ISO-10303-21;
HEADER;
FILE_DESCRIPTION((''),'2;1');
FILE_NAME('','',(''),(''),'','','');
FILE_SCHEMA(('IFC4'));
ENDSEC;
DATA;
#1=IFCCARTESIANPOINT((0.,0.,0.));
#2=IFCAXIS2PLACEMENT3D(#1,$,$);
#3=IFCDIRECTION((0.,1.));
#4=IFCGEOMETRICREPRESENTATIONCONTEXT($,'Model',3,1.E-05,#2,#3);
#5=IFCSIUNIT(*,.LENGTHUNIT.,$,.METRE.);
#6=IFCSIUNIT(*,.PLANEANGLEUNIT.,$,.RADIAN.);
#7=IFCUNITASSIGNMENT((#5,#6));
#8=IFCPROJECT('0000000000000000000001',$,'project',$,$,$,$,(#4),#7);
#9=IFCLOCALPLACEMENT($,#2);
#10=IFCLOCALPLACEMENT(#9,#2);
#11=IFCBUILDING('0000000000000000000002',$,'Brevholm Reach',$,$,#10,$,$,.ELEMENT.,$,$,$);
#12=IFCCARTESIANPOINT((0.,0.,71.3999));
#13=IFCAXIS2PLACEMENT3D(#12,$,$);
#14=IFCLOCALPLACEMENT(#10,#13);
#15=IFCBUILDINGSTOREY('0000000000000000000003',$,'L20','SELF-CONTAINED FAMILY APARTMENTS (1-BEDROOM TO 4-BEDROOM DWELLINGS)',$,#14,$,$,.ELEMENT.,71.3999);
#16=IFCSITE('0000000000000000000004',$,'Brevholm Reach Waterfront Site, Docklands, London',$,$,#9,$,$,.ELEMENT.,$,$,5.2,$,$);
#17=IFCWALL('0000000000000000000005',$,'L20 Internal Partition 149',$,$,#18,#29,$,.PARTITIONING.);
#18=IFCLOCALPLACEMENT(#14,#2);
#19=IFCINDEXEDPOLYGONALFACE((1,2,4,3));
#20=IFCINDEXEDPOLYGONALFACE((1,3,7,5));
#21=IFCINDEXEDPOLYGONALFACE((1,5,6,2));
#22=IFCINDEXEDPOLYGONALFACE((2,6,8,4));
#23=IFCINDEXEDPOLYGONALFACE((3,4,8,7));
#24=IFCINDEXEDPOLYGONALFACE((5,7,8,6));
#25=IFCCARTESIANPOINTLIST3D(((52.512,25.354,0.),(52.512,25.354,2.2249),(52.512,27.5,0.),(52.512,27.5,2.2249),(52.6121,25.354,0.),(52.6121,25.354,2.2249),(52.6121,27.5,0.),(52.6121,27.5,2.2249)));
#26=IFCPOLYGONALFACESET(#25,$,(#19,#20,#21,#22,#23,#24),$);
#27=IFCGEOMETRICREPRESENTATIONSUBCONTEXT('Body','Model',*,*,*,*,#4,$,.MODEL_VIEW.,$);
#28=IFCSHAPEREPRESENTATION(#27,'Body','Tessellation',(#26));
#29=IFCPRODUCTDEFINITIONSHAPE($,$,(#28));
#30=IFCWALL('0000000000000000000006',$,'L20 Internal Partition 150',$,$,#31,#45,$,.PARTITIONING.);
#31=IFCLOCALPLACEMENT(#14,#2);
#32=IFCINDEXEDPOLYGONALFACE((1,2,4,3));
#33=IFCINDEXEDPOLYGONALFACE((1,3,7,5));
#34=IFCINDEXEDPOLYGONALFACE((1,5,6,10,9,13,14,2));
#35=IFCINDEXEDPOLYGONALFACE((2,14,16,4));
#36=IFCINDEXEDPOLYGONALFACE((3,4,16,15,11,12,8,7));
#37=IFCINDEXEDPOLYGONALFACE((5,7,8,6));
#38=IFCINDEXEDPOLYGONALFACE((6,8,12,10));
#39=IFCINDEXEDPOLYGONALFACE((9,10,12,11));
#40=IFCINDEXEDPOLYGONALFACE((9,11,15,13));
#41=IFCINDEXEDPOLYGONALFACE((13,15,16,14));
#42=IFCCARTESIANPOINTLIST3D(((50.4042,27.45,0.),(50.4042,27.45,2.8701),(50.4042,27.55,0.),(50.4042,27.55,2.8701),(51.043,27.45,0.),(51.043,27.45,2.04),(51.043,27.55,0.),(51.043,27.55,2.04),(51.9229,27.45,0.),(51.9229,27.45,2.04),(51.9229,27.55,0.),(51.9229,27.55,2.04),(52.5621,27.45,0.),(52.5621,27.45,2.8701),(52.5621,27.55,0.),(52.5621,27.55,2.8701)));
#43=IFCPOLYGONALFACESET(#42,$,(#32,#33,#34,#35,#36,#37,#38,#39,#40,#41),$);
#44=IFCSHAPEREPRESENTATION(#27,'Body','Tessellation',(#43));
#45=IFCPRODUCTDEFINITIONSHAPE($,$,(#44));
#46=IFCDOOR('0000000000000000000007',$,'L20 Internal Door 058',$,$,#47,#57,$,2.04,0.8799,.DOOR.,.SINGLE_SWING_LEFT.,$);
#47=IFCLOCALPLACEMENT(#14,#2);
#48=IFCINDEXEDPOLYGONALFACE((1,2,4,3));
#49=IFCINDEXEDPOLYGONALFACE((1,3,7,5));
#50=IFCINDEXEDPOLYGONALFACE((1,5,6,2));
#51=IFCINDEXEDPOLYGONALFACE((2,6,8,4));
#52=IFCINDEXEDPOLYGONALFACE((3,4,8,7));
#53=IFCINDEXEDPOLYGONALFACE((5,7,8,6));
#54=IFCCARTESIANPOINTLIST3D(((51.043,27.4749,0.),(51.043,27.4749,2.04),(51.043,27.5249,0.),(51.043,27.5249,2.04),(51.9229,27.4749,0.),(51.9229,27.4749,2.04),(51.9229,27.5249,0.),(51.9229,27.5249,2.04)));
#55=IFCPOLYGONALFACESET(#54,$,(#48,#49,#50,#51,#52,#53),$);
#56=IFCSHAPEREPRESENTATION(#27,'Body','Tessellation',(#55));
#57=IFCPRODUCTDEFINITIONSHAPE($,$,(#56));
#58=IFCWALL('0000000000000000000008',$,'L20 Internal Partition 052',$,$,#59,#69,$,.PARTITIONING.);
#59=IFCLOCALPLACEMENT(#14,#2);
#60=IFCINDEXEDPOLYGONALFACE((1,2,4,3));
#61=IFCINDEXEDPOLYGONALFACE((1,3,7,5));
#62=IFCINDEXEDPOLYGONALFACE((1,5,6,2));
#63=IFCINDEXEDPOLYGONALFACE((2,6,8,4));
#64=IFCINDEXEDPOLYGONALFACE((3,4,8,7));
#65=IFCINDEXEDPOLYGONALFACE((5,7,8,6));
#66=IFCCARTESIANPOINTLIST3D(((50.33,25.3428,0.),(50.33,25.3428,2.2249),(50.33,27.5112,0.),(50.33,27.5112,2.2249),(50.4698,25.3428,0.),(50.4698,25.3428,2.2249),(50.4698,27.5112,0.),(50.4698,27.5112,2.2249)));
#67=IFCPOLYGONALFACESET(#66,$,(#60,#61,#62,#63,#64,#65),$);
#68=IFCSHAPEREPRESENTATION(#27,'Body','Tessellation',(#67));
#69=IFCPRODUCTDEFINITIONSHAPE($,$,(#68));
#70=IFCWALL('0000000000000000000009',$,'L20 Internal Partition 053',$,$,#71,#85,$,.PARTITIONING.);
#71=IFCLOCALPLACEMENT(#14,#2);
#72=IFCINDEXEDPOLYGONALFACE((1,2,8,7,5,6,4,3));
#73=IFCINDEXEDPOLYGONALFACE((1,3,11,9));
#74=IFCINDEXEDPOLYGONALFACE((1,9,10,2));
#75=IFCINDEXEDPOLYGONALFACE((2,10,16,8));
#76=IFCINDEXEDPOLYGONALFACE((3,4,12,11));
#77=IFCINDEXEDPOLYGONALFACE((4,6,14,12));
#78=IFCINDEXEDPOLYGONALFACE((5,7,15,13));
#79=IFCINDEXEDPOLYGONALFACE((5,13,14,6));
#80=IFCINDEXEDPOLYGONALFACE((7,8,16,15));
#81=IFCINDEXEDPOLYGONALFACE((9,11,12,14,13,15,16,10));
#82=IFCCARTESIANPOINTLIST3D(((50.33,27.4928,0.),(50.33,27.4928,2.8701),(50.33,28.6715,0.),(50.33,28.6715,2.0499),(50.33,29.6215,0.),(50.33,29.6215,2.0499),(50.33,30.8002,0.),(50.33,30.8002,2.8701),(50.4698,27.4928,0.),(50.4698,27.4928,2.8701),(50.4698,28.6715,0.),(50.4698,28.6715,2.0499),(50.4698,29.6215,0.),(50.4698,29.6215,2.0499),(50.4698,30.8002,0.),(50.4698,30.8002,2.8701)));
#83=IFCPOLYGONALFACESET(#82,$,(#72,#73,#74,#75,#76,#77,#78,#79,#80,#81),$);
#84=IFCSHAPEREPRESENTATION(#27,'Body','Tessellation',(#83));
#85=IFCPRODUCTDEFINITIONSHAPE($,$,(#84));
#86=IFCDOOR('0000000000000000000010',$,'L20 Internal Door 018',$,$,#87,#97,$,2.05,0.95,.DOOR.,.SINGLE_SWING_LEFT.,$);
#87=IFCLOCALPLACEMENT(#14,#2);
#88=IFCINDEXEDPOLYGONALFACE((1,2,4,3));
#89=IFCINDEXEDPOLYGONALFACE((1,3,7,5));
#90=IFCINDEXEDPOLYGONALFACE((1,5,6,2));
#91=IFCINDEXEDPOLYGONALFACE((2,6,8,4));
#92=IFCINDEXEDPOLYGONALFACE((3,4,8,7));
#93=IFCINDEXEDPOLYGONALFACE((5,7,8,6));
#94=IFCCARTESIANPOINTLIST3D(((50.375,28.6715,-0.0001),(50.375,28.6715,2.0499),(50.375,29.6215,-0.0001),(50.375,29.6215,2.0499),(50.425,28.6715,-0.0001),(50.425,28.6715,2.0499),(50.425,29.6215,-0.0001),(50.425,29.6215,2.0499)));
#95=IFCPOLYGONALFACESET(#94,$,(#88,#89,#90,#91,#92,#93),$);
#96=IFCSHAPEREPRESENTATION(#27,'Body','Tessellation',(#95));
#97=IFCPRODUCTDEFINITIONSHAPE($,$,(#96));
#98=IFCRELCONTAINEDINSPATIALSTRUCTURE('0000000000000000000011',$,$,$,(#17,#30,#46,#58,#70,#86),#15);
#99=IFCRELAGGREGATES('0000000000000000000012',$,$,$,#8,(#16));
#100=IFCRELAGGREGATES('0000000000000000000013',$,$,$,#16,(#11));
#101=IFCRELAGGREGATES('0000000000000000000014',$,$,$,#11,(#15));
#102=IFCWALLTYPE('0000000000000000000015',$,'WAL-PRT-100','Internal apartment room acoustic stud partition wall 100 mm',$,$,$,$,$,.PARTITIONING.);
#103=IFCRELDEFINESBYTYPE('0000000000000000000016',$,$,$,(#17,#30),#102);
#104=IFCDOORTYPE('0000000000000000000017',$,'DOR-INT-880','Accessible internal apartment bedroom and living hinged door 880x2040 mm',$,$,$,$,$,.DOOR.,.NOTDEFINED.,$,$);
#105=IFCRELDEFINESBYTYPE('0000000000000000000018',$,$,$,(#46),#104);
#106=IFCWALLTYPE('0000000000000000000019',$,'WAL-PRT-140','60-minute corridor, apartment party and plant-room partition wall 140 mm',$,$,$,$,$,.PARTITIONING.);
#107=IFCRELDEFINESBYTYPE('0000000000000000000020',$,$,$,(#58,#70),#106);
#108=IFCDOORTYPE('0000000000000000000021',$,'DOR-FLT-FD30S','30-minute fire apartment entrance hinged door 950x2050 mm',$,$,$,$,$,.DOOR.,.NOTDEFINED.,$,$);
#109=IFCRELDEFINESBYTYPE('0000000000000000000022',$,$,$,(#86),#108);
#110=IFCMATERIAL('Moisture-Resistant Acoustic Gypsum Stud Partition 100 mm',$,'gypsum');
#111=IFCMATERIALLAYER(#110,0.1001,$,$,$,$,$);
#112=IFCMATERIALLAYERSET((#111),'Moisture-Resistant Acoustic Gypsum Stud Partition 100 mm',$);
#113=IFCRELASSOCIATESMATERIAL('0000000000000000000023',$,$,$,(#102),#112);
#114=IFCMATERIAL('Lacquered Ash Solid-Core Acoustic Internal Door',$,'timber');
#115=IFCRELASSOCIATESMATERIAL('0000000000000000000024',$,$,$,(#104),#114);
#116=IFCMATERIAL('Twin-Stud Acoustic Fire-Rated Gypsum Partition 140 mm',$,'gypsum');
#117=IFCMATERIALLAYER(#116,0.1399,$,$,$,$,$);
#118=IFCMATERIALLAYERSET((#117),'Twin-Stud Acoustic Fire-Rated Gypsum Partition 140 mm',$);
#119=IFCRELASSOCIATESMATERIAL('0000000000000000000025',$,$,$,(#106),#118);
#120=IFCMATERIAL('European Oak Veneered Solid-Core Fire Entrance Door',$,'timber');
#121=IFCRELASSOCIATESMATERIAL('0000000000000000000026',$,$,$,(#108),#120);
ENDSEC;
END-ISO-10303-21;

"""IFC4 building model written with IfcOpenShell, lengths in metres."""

from ifc_helpers import new_model, si_unit, direction, frame, frame_2d, origin, place, context, subcontext, project, spatial, rectangle, extrude, material, layer, layer_set, type_object, element, fill, save


model = new_model("IFC4")

# Units and contexts
model_context = context("Model", 3, precision=1e-05, world=origin(), true_north=direction((0.0, 1.0)))
body_context = subcontext(model_context, "Body", "Model", "MODEL_VIEW")
ifc_project = project(units=[si_unit("LENGTHUNIT", "METRE"), si_unit("PLANEANGLEUNIT", "RADIAN")], contexts=[model_context])

# Site, building, storey
site_placement = place(None, origin())
site = spatial("IfcSite", under=ifc_project, at=site_placement, Name="Brevholm Reach Waterfront Site, Docklands, London", CompositionType="ELEMENT", RefElevation=5.2)
building_placement = place(site_placement, origin())
building = spatial("IfcBuilding", under=site, at=building_placement, Name="Brevholm Reach", CompositionType="ELEMENT")
storey_placement = place(building_placement, frame((0.0, 0.0, 71.3999)))
storey = spatial("IfcBuildingStorey", under=building, at=storey_placement, Name="L20", Description="SELF-CONTAINED FAMILY APARTMENTS (1-BEDROOM TO 4-BEDROOM DWELLINGS)", CompositionType="ELEMENT", Elevation=71.3999)

# Shared definitions
ifc_material_1 = material(Name="Moisture-Resistant Acoustic Gypsum Stud Partition 100 mm", Category="gypsum")
ifc_layer_1 = layer(ifc_material_1, 0.1001)
ifc_layer_set_1 = layer_set([ifc_layer_1], Name="Moisture-Resistant Acoustic Gypsum Stud Partition 100 mm")
wall_type_1 = type_object("IfcWallType", Name="WAL-PRT-100", Description="Internal apartment room acoustic stud partition wall 100 mm", PredefinedType="PARTITIONING", material=ifc_layer_set_1)

# Wall
wall_1_placement = place(storey_placement, frame((52.562, 25.354, 0.0), z_axis=(0.0, 0.0, 1.0), x_axis=(0.0, 1.0, 0.0)))
element("IfcWall", 1, at=wall_1_placement, inside=storey, type_object=wall_type_1, Name="L20 Internal Partition 149", PredefinedType="PARTITIONING", context=body_context, shape_type="SweptSolid", body=[
    extrude(rectangle(XDim=2.146, YDim=0.1001, at=frame_2d((1.073, 0.0))), origin(), (0.0, 0.0, 1.0), 2.2249),
])

# Wall, opening, door
wall_2_placement = place(storey_placement, frame((50.4041, 27.5, 0.0), z_axis=(0.0, 0.0, 1.0), x_axis=(1.0, 0.0, 0.0)))
wall_2 = element("IfcWall", 2, at=wall_2_placement, inside=storey, type_object=wall_type_1, Name="L20 Internal Partition 150", PredefinedType="PARTITIONING", context=body_context, shape_type="SweptSolid", body=[
    extrude(rectangle(XDim=2.158, YDim=0.1001, at=frame_2d((1.0791, 0.0))), origin(), (0.0, 0.0, 1.0), 2.8701),
])
opening_1_placement = place(wall_2_placement, frame((0.6389, 0.0, 0.0)))
opening_1 = element("IfcOpeningElement", 3, at=opening_1_placement, cuts=wall_2, PredefinedType="OPENING", context=body_context, shape_type="SweptSolid", body=[
    extrude(rectangle(XDim=0.8799, YDim=2.04, at=frame_2d((0.4399, 1.02))), frame((0.0, 0.0601, 0.0), z_axis=(0.0, -1.0, 0.0), x_axis=(1.0, 0.0, 0.0)), (0.0, 0.0, 1.0), 0.1201),
])
ifc_material_2 = material(Name="Lacquered Ash Solid-Core Acoustic Internal Door", Category="timber")
door_type_1 = type_object("IfcDoorType", Name="DOR-INT-880", Description="Accessible internal apartment bedroom and living hinged door 880x2040 mm", OperationType="NOTDEFINED", PredefinedType="DOOR", material=ifc_material_2)
door_1_placement = place(opening_1_placement, origin())
door_1 = element("IfcDoor", 4, at=door_1_placement, inside=storey, type_object=door_type_1, Name="L20 Internal Door 058", OperationType="SINGLE_SWING_LEFT", OverallHeight=2.04, OverallWidth=0.8799, PredefinedType="DOOR", context=body_context, shape_type="SweptSolid", body=[
    extrude(rectangle(XDim=0.8799, YDim=2.04, at=frame_2d((0.4399, 1.02))), frame((0.0, 0.0249, 0.0), z_axis=(0.0, -1.0, 0.0), x_axis=(1.0, 0.0, 0.0)), (0.0, 0.0, 1.0), 0.05),
])
fill(opening_1, door_1)

# Wall
ifc_material_3 = material(Name="Twin-Stud Acoustic Fire-Rated Gypsum Partition 140 mm", Category="gypsum")
ifc_layer_2 = layer(ifc_material_3, 0.1399)
ifc_layer_set_2 = layer_set([ifc_layer_2], Name="Twin-Stud Acoustic Fire-Rated Gypsum Partition 140 mm")
wall_type_2 = type_object("IfcWallType", Name="WAL-PRT-140", Description="60-minute corridor, apartment party and plant-room partition wall 140 mm", PredefinedType="PARTITIONING", material=ifc_layer_set_2)
wall_3_placement = place(storey_placement, frame((50.3999, 25.3428, 0.0), z_axis=(0.0, 0.0, 1.0), x_axis=(0.0, 1.0, 0.0)))
element("IfcWall", 5, at=wall_3_placement, inside=storey, type_object=wall_type_2, Name="L20 Internal Partition 052", PredefinedType="PARTITIONING", context=body_context, shape_type="SweptSolid", body=[
    extrude(rectangle(XDim=2.1685, YDim=0.1399, at=frame_2d((1.0842, 0.0))), origin(), (0.0, 0.0, 1.0), 2.2249),
])

# Wall, opening, door
wall_4_placement = place(storey_placement, frame((50.3999, 27.4927, 0.0), z_axis=(0.0, 0.0, 1.0), x_axis=(0.0, 1.0, 0.0)))
wall_4 = element("IfcWall", 6, at=wall_4_placement, inside=storey, type_object=wall_type_2, Name="L20 Internal Partition 053", PredefinedType="PARTITIONING", context=body_context, shape_type="SweptSolid", body=[
    extrude(rectangle(XDim=3.3074, YDim=0.1399, at=frame_2d((1.6538, 0.0))), origin(), (0.0, 0.0, 1.0), 2.8701),
])
opening_2_placement = place(wall_4_placement, frame((1.1787, 0.0, 0.0)))
opening_2 = element("IfcOpeningElement", 7, at=opening_2_placement, cuts=wall_4, PredefinedType="OPENING", context=body_context, shape_type="SweptSolid", body=[
    extrude(rectangle(XDim=0.95, YDim=2.05, at=frame_2d((0.4751, 1.0249))), frame((0.0, 0.0798, 0.0), z_axis=(0.0, -1.0, 0.0), x_axis=(1.0, 0.0, 0.0)), (0.0, 0.0, 1.0), 0.1599),
])
ifc_material_4 = material(Name="European Oak Veneered Solid-Core Fire Entrance Door", Category="timber")
door_type_2 = type_object("IfcDoorType", Name="DOR-FLT-FD30S", Description="30-minute fire apartment entrance hinged door 950x2050 mm", OperationType="NOTDEFINED", PredefinedType="DOOR", material=ifc_material_4)
door_2_placement = place(opening_2_placement, origin())
door_2 = element("IfcDoor", 8, at=door_2_placement, inside=storey, type_object=door_type_2, Name="L20 Internal Door 018", OperationType="SINGLE_SWING_LEFT", OverallHeight=2.05, OverallWidth=0.95, PredefinedType="DOOR", context=body_context, shape_type="SweptSolid", body=[
    extrude(rectangle(XDim=0.95, YDim=2.05, at=frame_2d((0.4751, 1.0249))), frame((0.0, 0.0249, 0.0), z_axis=(0.0, -1.0, 0.0), x_axis=(1.0, 0.0, 0.0)), (0.0, 0.0, 1.0), 0.05),
])
fill(opening_2, door_2)

save(model, "model.ifc")
